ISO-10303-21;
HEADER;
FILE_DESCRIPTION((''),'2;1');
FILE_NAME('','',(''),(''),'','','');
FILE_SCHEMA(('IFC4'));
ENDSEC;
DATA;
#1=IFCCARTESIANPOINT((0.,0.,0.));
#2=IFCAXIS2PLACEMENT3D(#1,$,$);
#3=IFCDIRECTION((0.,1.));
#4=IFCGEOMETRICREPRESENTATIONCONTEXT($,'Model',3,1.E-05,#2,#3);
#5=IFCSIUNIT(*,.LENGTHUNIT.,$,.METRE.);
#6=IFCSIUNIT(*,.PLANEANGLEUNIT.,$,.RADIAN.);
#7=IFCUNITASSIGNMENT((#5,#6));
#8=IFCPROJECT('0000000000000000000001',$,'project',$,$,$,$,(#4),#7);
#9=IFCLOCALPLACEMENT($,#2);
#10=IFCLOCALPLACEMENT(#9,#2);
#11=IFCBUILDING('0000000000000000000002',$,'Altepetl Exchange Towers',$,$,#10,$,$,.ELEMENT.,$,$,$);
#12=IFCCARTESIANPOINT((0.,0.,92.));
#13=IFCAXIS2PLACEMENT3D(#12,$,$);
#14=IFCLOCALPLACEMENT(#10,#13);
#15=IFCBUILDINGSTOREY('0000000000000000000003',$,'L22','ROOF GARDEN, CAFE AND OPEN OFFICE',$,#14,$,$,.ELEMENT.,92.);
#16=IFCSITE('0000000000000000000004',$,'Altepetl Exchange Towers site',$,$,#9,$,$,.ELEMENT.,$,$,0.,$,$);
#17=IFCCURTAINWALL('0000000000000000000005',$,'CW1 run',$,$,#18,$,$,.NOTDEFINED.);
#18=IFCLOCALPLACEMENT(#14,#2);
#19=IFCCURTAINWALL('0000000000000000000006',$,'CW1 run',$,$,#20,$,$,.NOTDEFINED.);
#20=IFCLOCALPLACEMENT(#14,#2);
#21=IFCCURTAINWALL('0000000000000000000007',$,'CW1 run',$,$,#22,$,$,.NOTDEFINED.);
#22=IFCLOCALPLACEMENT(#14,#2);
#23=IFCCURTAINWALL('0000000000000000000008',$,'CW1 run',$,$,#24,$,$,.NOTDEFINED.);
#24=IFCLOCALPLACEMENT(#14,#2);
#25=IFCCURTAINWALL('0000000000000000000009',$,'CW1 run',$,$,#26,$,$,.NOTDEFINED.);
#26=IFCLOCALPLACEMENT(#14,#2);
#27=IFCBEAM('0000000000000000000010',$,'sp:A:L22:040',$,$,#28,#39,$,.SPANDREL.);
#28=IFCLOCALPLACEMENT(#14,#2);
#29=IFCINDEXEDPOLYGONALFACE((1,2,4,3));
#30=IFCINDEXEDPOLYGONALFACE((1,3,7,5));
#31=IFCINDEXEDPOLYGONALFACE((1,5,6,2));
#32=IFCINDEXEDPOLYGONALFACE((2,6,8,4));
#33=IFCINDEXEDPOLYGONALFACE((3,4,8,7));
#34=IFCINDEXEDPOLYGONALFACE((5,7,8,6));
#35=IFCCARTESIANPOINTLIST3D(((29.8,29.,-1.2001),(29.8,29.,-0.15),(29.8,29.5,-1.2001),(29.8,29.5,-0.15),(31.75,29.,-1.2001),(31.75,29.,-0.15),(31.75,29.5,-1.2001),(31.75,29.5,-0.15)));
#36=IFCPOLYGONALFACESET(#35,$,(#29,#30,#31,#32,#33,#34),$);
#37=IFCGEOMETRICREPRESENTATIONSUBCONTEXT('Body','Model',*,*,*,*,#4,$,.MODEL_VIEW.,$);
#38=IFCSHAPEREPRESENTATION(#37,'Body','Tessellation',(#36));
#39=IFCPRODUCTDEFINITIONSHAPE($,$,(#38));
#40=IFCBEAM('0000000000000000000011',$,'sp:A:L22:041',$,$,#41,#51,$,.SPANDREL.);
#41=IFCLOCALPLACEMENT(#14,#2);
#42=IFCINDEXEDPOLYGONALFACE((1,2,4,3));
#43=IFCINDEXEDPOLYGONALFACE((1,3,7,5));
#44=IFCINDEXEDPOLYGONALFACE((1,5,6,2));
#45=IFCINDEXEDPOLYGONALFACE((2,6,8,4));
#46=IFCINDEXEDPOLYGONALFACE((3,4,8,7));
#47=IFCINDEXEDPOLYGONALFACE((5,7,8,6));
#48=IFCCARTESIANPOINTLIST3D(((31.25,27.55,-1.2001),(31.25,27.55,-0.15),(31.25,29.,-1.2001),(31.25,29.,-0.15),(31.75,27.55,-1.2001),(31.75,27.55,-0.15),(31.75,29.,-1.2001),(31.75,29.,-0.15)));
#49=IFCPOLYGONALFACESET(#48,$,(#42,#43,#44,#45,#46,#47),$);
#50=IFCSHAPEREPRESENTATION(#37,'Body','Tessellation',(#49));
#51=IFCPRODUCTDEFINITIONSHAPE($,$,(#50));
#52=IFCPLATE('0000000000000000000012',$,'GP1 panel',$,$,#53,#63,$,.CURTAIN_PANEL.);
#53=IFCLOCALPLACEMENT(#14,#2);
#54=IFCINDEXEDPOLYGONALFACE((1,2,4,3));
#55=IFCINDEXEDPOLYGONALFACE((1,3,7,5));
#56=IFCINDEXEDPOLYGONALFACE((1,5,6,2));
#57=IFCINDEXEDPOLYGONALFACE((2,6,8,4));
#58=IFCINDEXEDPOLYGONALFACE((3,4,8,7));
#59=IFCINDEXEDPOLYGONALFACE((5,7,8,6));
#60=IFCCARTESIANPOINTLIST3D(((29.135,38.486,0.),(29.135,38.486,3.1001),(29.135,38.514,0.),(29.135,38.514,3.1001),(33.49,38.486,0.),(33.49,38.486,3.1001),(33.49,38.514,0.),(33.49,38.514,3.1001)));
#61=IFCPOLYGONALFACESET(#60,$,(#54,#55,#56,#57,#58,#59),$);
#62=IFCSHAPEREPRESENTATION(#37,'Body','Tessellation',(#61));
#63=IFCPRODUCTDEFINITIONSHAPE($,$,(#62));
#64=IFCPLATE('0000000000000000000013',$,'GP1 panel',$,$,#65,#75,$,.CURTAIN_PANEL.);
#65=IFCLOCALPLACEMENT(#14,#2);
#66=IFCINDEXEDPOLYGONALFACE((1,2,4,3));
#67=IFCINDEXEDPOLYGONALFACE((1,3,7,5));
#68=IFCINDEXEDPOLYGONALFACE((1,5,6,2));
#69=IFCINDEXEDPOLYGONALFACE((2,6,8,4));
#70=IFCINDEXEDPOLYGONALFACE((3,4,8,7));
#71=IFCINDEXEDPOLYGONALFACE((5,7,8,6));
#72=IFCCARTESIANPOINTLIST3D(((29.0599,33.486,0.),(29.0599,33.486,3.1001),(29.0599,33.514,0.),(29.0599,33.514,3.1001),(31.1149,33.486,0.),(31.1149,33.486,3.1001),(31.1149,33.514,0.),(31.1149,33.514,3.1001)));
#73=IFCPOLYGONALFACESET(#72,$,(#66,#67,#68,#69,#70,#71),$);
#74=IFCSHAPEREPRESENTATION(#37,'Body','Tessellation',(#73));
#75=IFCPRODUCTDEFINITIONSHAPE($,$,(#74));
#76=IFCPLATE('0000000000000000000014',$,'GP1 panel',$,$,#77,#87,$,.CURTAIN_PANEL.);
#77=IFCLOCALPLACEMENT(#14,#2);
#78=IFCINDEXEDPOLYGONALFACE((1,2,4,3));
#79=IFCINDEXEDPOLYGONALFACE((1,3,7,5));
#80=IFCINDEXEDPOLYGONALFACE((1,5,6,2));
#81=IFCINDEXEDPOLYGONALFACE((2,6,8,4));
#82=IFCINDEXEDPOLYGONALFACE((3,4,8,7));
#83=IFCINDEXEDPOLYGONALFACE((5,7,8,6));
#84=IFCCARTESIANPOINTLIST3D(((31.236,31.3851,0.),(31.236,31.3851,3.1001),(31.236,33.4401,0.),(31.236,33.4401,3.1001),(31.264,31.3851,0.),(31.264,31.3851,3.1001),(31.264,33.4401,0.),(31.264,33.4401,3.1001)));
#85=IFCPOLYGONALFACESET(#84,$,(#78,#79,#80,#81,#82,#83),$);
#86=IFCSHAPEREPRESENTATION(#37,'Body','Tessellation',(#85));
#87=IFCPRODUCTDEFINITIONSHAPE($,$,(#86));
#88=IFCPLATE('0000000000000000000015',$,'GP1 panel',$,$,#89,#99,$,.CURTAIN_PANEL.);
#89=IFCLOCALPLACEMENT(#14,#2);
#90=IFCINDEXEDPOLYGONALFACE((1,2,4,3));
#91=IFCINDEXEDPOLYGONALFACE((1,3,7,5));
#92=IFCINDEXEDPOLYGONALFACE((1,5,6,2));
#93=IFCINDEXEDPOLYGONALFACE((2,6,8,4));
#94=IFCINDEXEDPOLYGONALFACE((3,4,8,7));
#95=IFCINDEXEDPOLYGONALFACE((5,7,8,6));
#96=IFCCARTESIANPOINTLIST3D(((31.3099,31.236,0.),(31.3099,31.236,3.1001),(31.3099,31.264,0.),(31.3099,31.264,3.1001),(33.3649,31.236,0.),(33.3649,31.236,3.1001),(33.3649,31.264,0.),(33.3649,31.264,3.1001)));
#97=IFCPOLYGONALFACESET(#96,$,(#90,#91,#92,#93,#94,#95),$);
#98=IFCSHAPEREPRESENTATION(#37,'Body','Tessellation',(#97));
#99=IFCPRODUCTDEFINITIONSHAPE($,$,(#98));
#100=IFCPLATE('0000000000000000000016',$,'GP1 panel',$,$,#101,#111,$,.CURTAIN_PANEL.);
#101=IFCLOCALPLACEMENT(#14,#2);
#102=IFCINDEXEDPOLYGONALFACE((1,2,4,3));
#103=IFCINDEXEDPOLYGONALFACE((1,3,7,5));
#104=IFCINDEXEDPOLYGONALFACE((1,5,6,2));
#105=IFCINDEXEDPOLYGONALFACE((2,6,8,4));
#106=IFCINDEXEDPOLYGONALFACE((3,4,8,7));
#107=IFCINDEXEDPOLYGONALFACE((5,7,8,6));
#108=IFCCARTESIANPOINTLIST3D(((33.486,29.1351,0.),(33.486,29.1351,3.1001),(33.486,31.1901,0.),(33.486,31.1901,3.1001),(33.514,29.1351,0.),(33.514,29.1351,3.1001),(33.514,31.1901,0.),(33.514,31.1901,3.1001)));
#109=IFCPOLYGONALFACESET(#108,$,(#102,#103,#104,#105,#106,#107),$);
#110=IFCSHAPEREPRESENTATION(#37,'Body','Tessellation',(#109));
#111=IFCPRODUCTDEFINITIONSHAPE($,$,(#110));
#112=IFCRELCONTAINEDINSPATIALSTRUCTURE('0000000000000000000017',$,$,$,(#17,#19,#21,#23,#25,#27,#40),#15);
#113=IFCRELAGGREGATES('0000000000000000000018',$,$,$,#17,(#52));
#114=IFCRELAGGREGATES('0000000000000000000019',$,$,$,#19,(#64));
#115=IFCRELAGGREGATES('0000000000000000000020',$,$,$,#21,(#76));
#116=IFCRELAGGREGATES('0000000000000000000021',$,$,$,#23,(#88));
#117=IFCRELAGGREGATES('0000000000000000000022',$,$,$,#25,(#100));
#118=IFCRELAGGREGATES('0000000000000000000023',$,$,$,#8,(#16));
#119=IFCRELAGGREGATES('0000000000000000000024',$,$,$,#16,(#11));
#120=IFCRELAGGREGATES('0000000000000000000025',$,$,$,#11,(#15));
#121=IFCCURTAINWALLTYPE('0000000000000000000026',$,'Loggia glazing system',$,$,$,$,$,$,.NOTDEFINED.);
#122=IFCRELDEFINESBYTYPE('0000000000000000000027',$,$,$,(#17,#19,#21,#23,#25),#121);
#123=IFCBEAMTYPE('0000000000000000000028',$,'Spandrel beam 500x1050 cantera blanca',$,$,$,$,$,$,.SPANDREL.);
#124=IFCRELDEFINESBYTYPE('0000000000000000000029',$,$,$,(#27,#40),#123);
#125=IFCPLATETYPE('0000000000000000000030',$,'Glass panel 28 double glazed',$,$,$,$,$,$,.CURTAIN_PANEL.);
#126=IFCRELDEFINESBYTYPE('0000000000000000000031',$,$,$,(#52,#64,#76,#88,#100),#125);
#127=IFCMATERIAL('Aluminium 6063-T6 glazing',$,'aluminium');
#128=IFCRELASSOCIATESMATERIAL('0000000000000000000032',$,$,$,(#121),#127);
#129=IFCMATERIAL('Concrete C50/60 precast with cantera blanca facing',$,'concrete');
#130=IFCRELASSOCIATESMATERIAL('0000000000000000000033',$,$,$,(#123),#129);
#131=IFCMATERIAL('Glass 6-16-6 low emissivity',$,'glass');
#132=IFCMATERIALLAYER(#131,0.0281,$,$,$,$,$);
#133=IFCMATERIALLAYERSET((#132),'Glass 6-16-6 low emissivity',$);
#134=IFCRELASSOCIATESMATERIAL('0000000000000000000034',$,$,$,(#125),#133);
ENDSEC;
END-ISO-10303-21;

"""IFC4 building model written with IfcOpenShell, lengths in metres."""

from ifc_helpers import new_model, si_unit, direction, frame, origin, origin_2d, place, context, subcontext, project, spatial, rectangle, extrude, material, layer, layer_set, material_profile, profile_set, type_object, element, aggregate, save


model = new_model("IFC4")

# Units and contexts
model_context = context("Model", 3, precision=1e-05, world=origin(), true_north=direction((0.0, 1.0)))
body_context = subcontext(model_context, "Body", "Model", "MODEL_VIEW")
ifc_project = project(units=[si_unit("LENGTHUNIT", "METRE"), si_unit("PLANEANGLEUNIT", "RADIAN")], contexts=[model_context])

# Site, building, storey
site_placement = place(None, origin())
site = spatial("IfcSite", under=ifc_project, at=site_placement, Name="Altepetl Exchange Towers site", CompositionType="ELEMENT", RefElevation=0.0)
building_placement = place(site_placement, origin())
building = spatial("IfcBuilding", under=site, at=building_placement, Name="Altepetl Exchange Towers", CompositionType="ELEMENT")
storey_placement = place(building_placement, frame((0.0, 0.0, 92.0)))
storey = spatial("IfcBuildingStorey", under=building, at=storey_placement, Name="L22", Description="ROOF GARDEN, CAFE AND OPEN OFFICE", CompositionType="ELEMENT", Elevation=92.0)

# Curtain walls
ifc_material_1 = material(Name="Aluminium 6063-T6 glazing", Category="aluminium")
curtain_wall_type = type_object("IfcCurtainWallType", Name="Loggia glazing system", PredefinedType="NOTDEFINED", material=ifc_material_1)
curtain_wall_1_placement = place(storey_placement, origin())
curtain_wall_1 = element("IfcCurtainWall", 1, at=curtain_wall_1_placement, inside=storey, type_object=curtain_wall_type, Name="CW1 run", PredefinedType="NOTDEFINED")
curtain_wall_2_placement = place(storey_placement, origin())
curtain_wall_2 = element("IfcCurtainWall", 2, at=curtain_wall_2_placement, inside=storey, type_object=curtain_wall_type, Name="CW1 run", PredefinedType="NOTDEFINED")

# Curtain walls
curtain_wall_3_placement = place(storey_placement, origin())
curtain_wall_3 = element("IfcCurtainWall", 3, at=curtain_wall_3_placement, inside=storey, type_object=curtain_wall_type, Name="CW1 run", PredefinedType="NOTDEFINED")
curtain_wall_4_placement = place(storey_placement, origin())
curtain_wall_4 = element("IfcCurtainWall", 4, at=curtain_wall_4_placement, inside=storey, type_object=curtain_wall_type, Name="CW1 run", PredefinedType="NOTDEFINED")
curtain_wall_5_placement = place(storey_placement, origin())
curtain_wall_5 = element("IfcCurtainWall", 5, at=curtain_wall_5_placement, inside=storey, type_object=curtain_wall_type, Name="CW1 run", PredefinedType="NOTDEFINED")

# Beams
ifc_material_2 = material(Name="Concrete C50/60 precast with cantera blanca facing", Category="concrete")
ifc_material_profile_1 = material_profile(ifc_material_2, rectangle(XDim=0.5, YDim=1.05, at=origin_2d()), Name="500 x 1050")
ifc_profile_set_1 = profile_set([ifc_material_profile_1], Name="Concrete C50/60 precast with cantera blanca facing")
beam_type_1 = type_object("IfcBeamType", Name="Spandrel beam 500x1050 cantera blanca", PredefinedType="SPANDREL", material=ifc_profile_set_1)
beam_1_placement = place(storey_placement, frame((29.8, 29.25, -0.675), z_axis=(1.0, 0.0, 0.0), x_axis=(0.0, 1.0, 0.0)))
element("IfcBeam", 6, at=beam_1_placement, inside=storey, type_object=beam_type_1, Name="sp:A:L22:040", PredefinedType="SPANDREL", context=body_context, shape_type="SweptSolid", body=[
    extrude(rectangle(XDim=0.5, YDim=1.05, at=origin_2d()), origin(), (0.0, 0.0, 1.0), 1.95),
])
beam_2_placement = place(storey_placement, frame((31.5, 29.0, -0.675), z_axis=(0.0, -1.0, 0.0), x_axis=(1.0, 0.0, 0.0)))
element("IfcBeam", 7, at=beam_2_placement, inside=storey, type_object=beam_type_1, Name="sp:A:L22:041", PredefinedType="SPANDREL", context=body_context, shape_type="SweptSolid", body=[
    extrude(rectangle(XDim=0.5, YDim=1.05, at=origin_2d()), origin(), (0.0, 0.0, 1.0), 1.45),
])

# Plates
ifc_material_3 = material(Name="Glass 6-16-6 low emissivity", Category="glass")
ifc_layer = layer(ifc_material_3, 0.0281)
ifc_layer_set = layer_set([ifc_layer], Name="Glass 6-16-6 low emissivity")
plate_type = type_object("IfcPlateType", Name="Glass panel 28 double glazed", PredefinedType="CURTAIN_PANEL", material=ifc_layer_set)
plate_1_placement = place(storey_placement, frame((31.3125, 38.5, 0.0), z_axis=(0.0, 0.0, 1.0), x_axis=(-1.0, 0.0, 0.0)))
plate_1 = element("IfcPlate", 8, at=plate_1_placement, type_object=plate_type, Name="GP1 panel", PredefinedType="CURTAIN_PANEL", context=body_context, shape_type="SweptSolid", body=[
    extrude(rectangle(XDim=4.355, YDim=0.0281, at=origin_2d()), origin(), (0.0, 0.0, 1.0), 3.1001),
])
aggregate(curtain_wall_1, [plate_1])
plate_2_placement = place(storey_placement, frame((30.0874, 33.5, 0.0)))
plate_2 = element("IfcPlate", 9, at=plate_2_placement, type_object=plate_type, Name="GP1 panel", PredefinedType="CURTAIN_PANEL", context=body_context, shape_type="SweptSolid", body=[
    extrude(rectangle(XDim=2.0549, YDim=0.0281, at=origin_2d()), origin(), (0.0, 0.0, 1.0), 3.1001),
])
aggregate(curtain_wall_2, [plate_2])
plate_3_placement = place(storey_placement, frame((31.25, 32.4126, 0.0), z_axis=(0.0, 0.0, 1.0), x_axis=(0.0, -1.0, 0.0)))
plate_3 = element("IfcPlate", 10, at=plate_3_placement, type_object=plate_type, Name="GP1 panel", PredefinedType="CURTAIN_PANEL", context=body_context, shape_type="SweptSolid", body=[
    extrude(rectangle(XDim=2.0549, YDim=0.0281, at=origin_2d()), origin(), (0.0, 0.0, 1.0), 3.1001),
])
aggregate(curtain_wall_3, [plate_3])
plate_4_placement = place(storey_placement, frame((32.3374, 31.25, 0.0)))
plate_4 = element("IfcPlate", 11, at=plate_4_placement, type_object=plate_type, Name="GP1 panel", PredefinedType="CURTAIN_PANEL", context=body_context, shape_type="SweptSolid", body=[
    extrude(rectangle(XDim=2.0549, YDim=0.0281, at=origin_2d()), origin(), (0.0, 0.0, 1.0), 3.1001),
])
aggregate(curtain_wall_4, [plate_4])
plate_5_placement = place(storey_placement, frame((33.5, 30.1626, 0.0), z_axis=(0.0, 0.0, 1.0), x_axis=(0.0, -1.0, 0.0)))
plate_5 = element("IfcPlate", 12, at=plate_5_placement, type_object=plate_type, Name="GP1 panel", PredefinedType="CURTAIN_PANEL", context=body_context, shape_type="SweptSolid", body=[
    extrude(rectangle(XDim=2.0549, YDim=0.0281, at=origin_2d()), origin(), (0.0, 0.0, 1.0), 3.1001),
])
aggregate(curtain_wall_5, [plate_5])

save(model, "model.ifc")
